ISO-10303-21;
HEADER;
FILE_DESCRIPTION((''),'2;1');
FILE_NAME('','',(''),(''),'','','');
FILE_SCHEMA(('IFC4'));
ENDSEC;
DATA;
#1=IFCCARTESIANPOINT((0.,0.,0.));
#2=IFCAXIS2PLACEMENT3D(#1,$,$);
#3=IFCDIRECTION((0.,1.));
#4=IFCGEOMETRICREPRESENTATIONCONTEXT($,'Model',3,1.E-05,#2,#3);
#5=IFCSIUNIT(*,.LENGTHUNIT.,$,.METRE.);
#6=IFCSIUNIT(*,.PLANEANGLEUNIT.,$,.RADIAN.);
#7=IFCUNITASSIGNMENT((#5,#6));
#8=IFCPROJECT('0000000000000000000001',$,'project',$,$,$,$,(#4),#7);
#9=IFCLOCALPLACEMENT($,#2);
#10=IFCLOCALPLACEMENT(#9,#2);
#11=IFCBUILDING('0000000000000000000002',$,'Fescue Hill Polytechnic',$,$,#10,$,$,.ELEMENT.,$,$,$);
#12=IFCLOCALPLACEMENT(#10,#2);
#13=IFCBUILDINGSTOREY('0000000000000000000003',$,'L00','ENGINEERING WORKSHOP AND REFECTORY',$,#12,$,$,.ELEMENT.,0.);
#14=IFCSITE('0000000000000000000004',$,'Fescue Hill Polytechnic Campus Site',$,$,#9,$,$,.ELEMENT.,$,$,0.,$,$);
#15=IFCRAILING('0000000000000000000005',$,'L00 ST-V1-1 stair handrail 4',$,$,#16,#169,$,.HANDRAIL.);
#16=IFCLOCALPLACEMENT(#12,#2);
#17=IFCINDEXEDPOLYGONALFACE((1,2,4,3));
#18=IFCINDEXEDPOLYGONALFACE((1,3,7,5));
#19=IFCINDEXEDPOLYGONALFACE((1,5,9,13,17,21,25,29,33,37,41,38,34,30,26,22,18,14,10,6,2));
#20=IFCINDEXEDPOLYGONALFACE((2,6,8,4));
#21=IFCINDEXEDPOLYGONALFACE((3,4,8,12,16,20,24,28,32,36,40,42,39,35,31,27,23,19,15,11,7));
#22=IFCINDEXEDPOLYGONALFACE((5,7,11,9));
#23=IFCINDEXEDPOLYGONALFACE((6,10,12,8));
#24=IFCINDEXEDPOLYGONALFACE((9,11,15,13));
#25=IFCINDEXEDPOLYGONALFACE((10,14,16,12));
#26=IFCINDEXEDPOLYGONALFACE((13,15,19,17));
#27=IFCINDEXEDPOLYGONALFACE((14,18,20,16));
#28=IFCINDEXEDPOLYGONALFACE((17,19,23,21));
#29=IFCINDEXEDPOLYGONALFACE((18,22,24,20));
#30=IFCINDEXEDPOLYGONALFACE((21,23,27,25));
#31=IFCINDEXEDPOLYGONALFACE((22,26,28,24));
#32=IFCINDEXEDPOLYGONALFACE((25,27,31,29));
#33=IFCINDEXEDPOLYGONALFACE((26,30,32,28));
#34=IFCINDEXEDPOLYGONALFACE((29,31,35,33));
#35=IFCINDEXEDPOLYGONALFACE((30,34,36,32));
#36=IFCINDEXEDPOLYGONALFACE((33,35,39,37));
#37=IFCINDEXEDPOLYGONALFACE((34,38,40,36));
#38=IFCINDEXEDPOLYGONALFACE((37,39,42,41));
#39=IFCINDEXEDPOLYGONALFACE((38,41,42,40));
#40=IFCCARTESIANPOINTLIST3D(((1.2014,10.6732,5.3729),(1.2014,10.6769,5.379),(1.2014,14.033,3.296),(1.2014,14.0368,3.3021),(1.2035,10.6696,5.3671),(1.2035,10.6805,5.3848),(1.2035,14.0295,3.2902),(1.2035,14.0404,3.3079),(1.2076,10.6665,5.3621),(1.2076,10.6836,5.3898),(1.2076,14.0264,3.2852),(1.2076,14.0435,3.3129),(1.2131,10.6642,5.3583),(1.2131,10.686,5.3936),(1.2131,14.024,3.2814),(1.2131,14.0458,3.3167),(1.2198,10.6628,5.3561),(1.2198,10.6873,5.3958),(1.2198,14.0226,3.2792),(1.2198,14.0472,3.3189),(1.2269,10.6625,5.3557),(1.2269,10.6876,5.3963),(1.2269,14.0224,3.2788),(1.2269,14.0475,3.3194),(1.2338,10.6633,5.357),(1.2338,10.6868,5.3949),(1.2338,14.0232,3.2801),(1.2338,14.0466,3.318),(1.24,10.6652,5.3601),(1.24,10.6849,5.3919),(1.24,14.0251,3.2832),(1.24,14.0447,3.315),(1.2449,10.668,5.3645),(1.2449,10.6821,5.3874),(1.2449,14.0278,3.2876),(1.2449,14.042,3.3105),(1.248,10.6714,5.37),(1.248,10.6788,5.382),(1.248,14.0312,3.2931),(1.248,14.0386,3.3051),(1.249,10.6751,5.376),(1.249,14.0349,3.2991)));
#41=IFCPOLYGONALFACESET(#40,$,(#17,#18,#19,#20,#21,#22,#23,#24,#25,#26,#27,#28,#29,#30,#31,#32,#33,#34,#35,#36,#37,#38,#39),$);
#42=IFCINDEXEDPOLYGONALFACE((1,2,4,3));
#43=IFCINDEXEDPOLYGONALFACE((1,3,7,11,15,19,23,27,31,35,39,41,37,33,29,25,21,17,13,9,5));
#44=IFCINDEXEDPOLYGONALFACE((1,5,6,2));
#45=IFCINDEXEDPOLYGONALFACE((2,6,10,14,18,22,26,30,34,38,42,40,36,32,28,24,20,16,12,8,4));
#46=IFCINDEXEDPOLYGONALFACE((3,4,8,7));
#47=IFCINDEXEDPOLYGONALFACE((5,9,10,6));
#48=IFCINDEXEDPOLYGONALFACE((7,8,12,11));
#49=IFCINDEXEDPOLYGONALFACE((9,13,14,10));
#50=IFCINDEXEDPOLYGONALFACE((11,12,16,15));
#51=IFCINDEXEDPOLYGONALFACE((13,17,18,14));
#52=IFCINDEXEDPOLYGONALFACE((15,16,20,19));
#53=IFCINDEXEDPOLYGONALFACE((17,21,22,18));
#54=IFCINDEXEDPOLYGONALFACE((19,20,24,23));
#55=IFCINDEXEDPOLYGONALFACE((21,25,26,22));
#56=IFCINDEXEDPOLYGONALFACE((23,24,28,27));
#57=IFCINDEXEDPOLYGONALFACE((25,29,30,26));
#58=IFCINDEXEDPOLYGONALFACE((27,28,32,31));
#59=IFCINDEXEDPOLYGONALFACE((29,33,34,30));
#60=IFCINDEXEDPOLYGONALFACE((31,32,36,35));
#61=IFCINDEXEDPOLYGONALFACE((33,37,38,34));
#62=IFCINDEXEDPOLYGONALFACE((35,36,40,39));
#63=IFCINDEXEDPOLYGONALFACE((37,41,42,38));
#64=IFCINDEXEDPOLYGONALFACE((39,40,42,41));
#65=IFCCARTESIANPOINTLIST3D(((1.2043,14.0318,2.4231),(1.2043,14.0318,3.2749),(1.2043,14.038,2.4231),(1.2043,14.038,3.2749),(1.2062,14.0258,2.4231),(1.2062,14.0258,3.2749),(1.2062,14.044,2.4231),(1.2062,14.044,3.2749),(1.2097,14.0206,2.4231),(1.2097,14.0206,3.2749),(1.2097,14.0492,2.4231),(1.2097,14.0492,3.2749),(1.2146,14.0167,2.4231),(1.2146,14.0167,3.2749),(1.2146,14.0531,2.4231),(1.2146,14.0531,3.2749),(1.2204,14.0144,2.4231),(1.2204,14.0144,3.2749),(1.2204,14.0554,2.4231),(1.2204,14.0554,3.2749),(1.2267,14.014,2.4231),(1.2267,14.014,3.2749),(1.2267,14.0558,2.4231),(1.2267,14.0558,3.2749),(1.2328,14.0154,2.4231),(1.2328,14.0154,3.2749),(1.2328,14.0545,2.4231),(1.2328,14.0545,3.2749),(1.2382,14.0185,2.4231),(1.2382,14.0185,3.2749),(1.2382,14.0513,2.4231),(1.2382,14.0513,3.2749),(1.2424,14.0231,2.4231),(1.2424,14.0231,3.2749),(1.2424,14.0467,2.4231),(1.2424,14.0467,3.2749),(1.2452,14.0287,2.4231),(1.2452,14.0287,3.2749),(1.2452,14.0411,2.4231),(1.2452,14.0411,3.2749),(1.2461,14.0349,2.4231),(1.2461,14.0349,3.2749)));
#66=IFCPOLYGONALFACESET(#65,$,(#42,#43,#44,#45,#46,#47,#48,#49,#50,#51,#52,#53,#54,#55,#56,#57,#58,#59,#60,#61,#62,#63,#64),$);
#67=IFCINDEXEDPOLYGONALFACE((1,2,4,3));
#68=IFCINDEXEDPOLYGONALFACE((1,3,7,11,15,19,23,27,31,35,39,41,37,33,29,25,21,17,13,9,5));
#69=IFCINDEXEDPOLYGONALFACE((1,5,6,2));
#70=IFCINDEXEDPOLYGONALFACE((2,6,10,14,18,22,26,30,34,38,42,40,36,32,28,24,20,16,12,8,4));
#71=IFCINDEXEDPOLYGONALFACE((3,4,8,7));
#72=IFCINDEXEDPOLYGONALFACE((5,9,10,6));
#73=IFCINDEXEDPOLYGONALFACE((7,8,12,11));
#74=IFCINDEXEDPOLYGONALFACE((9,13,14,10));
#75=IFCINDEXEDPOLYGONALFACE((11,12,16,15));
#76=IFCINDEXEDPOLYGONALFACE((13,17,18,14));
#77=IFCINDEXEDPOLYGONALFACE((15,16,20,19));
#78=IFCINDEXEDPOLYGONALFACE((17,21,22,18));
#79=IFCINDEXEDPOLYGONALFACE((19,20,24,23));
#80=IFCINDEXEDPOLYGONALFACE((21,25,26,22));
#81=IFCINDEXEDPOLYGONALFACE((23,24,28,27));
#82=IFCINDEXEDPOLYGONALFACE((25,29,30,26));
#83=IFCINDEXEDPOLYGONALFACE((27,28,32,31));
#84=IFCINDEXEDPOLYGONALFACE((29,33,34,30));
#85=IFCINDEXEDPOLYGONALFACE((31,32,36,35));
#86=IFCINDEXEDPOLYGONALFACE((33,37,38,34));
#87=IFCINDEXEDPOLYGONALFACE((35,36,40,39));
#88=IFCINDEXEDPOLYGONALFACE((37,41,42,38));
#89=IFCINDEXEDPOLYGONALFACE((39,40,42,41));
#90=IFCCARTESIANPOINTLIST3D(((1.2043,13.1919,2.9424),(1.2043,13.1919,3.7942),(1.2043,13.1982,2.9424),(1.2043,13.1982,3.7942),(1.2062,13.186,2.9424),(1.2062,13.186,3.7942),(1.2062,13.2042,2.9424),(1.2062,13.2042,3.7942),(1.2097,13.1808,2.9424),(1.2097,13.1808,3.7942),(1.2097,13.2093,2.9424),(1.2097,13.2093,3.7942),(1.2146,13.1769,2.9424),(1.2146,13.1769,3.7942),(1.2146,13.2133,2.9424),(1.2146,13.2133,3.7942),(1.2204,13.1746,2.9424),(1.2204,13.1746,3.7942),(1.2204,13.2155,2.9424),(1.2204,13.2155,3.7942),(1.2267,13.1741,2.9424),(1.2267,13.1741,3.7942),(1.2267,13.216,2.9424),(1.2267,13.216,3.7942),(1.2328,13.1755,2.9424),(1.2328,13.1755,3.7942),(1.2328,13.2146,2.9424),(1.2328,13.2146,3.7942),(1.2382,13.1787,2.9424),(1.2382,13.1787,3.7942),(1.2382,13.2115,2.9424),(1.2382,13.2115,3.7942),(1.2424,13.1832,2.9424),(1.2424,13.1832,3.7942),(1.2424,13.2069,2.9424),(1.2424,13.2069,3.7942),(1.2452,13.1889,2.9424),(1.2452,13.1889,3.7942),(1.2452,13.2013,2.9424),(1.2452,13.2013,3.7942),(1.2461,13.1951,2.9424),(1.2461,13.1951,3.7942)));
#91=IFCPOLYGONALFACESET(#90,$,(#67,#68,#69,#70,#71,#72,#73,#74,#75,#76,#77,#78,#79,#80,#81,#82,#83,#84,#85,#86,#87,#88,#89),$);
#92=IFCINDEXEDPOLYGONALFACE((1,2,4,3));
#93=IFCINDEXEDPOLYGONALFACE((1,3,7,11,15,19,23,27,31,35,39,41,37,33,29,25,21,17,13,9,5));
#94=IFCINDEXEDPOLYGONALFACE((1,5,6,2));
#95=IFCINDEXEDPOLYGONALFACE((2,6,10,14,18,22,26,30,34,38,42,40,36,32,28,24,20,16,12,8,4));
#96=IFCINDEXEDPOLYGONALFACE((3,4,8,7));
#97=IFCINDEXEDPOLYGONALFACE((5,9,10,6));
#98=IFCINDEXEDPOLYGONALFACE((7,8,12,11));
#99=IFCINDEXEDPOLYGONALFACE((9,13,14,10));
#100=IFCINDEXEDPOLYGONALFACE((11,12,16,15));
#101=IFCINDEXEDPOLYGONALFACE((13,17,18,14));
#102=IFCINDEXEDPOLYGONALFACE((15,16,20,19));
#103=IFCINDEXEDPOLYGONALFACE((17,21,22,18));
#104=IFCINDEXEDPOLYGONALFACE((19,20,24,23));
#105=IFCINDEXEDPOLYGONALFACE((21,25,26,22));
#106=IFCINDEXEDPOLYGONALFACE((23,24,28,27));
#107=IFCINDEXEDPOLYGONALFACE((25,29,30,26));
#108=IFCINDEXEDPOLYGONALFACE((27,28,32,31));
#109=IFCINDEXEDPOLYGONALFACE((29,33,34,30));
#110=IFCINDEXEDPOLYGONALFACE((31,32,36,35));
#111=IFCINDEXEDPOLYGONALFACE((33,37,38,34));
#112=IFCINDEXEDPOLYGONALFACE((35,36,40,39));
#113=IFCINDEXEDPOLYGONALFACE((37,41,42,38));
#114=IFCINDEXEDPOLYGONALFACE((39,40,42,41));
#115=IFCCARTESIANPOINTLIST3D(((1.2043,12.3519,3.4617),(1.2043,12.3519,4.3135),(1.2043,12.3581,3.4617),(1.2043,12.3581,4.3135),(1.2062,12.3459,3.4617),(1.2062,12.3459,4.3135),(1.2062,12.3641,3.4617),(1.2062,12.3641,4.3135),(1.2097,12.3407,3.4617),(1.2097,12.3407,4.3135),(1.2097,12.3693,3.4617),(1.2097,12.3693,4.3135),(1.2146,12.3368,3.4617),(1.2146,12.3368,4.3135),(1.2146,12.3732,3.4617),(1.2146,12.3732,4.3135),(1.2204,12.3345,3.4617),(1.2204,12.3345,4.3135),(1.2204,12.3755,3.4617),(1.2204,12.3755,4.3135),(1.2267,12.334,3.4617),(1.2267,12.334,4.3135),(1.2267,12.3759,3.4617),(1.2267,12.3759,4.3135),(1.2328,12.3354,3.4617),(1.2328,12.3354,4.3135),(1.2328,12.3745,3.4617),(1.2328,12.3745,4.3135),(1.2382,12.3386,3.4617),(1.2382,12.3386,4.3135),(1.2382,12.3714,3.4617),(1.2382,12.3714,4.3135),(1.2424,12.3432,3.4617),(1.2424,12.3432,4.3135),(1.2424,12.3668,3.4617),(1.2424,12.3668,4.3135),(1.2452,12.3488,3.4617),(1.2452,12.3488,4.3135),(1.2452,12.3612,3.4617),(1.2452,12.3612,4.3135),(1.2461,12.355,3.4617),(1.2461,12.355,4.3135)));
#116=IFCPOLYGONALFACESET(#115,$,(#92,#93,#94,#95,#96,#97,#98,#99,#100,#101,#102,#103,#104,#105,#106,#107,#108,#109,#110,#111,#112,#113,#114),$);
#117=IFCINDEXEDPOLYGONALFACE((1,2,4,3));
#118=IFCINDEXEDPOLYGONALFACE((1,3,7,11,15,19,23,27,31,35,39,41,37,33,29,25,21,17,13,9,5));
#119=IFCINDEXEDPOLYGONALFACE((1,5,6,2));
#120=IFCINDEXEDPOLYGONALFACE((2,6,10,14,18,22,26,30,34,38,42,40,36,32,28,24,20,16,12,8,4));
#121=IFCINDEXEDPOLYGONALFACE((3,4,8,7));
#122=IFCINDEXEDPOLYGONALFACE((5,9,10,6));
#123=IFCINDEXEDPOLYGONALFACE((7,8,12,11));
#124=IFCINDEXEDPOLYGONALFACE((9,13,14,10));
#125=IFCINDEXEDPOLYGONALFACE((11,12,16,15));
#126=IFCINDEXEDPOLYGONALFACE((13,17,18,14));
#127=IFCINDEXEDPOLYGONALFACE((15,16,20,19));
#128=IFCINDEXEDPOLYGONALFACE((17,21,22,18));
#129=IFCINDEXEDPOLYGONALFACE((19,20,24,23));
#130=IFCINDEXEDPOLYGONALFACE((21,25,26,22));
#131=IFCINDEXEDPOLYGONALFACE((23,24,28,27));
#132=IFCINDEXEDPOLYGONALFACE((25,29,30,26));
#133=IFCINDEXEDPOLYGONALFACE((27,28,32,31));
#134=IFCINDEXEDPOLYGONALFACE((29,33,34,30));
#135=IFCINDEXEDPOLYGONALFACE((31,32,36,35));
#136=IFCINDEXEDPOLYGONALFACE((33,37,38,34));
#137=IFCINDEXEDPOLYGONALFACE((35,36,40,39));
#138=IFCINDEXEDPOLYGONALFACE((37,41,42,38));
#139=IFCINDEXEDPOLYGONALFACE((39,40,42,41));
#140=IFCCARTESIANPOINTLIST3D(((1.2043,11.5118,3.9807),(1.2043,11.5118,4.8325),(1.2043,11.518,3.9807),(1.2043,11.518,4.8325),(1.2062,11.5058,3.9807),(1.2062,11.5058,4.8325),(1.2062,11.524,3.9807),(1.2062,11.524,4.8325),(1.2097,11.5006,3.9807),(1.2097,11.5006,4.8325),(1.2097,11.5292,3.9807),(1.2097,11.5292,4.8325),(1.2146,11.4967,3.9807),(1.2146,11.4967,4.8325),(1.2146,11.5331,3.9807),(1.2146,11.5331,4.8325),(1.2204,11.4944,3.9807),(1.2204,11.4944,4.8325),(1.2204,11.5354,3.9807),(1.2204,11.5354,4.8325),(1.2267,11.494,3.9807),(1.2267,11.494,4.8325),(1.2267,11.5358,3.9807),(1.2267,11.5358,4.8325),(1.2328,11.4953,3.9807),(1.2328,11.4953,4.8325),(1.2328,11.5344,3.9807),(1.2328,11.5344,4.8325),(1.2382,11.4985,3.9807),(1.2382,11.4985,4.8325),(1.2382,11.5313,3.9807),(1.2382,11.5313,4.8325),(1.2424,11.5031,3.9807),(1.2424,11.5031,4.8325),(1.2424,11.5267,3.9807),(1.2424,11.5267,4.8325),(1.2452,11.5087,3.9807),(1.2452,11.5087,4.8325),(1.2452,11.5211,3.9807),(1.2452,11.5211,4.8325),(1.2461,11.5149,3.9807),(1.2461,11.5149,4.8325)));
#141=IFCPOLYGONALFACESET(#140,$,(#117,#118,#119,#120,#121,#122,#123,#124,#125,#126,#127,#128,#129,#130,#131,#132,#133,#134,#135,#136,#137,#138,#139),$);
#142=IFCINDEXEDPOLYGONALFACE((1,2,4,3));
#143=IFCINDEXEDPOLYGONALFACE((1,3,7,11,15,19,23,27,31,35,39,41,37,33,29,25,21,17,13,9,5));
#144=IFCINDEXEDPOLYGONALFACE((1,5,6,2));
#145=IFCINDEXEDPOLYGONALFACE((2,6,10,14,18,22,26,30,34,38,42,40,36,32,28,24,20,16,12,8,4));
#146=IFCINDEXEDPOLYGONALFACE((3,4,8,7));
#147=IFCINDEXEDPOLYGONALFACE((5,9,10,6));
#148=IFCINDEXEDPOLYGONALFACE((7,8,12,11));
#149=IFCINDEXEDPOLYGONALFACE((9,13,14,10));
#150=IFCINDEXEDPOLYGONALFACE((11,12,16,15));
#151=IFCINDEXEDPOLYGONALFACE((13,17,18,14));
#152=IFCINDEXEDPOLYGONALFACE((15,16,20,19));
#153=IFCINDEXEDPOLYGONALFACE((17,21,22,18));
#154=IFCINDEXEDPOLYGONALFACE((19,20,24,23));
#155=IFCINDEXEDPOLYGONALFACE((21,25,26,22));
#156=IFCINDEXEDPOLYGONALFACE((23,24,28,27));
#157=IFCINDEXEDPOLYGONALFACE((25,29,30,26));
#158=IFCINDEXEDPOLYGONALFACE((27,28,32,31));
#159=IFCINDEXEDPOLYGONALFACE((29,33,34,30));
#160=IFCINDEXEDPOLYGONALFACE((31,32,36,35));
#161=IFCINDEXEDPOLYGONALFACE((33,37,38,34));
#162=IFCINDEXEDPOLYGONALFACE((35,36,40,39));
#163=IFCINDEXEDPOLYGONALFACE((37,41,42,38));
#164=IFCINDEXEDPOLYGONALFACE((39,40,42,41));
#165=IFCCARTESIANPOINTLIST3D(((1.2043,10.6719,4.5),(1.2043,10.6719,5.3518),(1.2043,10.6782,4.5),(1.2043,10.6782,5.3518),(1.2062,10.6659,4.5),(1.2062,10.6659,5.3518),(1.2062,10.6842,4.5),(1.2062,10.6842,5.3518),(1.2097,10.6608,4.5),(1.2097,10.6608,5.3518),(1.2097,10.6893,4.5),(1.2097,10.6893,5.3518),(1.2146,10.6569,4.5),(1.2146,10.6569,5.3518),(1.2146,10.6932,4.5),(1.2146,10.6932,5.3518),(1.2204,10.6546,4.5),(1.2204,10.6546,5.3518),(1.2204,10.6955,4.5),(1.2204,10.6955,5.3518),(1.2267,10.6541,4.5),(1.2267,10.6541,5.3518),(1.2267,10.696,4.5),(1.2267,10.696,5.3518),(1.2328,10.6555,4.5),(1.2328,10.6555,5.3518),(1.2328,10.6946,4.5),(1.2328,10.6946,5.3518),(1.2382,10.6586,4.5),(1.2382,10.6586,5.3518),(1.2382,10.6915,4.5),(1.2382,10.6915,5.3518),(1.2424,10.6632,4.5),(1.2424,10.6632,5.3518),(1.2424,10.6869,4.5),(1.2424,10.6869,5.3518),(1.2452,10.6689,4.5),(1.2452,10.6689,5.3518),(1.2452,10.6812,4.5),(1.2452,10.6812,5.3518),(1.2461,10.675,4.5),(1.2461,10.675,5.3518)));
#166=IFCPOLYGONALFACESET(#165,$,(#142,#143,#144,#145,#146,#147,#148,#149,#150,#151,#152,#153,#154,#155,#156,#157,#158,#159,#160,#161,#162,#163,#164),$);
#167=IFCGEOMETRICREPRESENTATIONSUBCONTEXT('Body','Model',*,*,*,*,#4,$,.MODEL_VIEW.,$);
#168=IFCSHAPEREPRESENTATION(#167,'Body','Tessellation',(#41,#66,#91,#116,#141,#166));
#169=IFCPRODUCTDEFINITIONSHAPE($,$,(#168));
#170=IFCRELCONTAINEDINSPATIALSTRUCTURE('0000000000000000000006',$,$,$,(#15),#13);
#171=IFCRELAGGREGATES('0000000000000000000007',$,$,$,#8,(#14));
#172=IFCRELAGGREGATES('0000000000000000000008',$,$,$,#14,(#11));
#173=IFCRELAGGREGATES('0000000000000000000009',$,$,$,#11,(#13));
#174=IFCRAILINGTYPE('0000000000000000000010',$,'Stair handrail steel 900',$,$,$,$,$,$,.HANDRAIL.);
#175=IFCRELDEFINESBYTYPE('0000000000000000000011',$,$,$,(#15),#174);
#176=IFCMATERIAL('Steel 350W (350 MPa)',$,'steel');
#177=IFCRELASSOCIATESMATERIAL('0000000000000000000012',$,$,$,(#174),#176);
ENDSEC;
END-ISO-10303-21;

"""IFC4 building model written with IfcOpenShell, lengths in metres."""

from ifc_helpers import new_model, si_unit, direction, frame, origin, origin_2d, place, context, subcontext, project, spatial, circle, extrude, material, type_object, element, save


model = new_model("IFC4")

# Units and contexts
model_context = context("Model", 3, precision=1e-05, world=origin(), true_north=direction((0.0, 1.0)))
body_context = subcontext(model_context, "Body", "Model", "MODEL_VIEW")
ifc_project = project(units=[si_unit("LENGTHUNIT", "METRE"), si_unit("PLANEANGLEUNIT", "RADIAN")], contexts=[model_context])

# Site, building, storey
site_placement = place(None, origin())
site = spatial("IfcSite", under=ifc_project, at=site_placement, Name="Fescue Hill Polytechnic Campus Site", CompositionType="ELEMENT", RefElevation=0.0)
building_placement = place(site_placement, origin())
building = spatial("IfcBuilding", under=site, at=building_placement, Name="Fescue Hill Polytechnic", CompositionType="ELEMENT")
storey_placement = place(building_placement, origin())
storey = spatial("IfcBuildingStorey", under=building, at=storey_placement, Name="L00", Description="ENGINEERING WORKSHOP AND REFECTORY", CompositionType="ELEMENT", Elevation=0.0)

# Railing
ifc_material_1 = material(Name="Steel 350W (350 MPa)", Category="steel")
railing_type_1 = type_object("IfcRailingType", Name="Stair handrail steel 900", PredefinedType="HANDRAIL", material=ifc_material_1)
railing_1_placement = place(storey_placement, frame((1.2251, 14.0349, 2.4231)))
element("IfcRailing", 1, at=railing_1_placement, inside=storey, type_object=railing_type_1, Name="L00 ST-V1-1 stair handrail 4", PredefinedType="HANDRAIL", context=body_context, shape_type="SweptSolid", body=[
    extrude(circle(Radius=0.0239, at=origin_2d()), frame((0.0, 0.0, 0.876), z_axis=(0.0, -0.850606, 0.525803), x_axis=(1.0, 0.0, 0.0)), (0.0, 0.0, 1.0), 3.95),
    extrude(circle(Radius=0.021, at=origin_2d()), origin(), (0.0, 0.0, 1.0), 0.8518),
    extrude(circle(Radius=0.021, at=origin_2d()), frame((0.0, -0.8398, 0.5193)), (0.0, 0.0, 1.0), 0.8518),
    extrude(circle(Radius=0.021, at=origin_2d()), frame((0.0, -1.6799, 1.0386)), (0.0, 0.0, 1.0), 0.8518),
    extrude(circle(Radius=0.021, at=origin_2d()), frame((0.0, -2.52, 1.5576)), (0.0, 0.0, 1.0), 0.8518),
    extrude(circle(Radius=0.021, at=origin_2d()), frame((0.0, -3.3599, 2.0769)), (0.0, 0.0, 1.0), 0.8518),
])

save(model, "model.ifc")
